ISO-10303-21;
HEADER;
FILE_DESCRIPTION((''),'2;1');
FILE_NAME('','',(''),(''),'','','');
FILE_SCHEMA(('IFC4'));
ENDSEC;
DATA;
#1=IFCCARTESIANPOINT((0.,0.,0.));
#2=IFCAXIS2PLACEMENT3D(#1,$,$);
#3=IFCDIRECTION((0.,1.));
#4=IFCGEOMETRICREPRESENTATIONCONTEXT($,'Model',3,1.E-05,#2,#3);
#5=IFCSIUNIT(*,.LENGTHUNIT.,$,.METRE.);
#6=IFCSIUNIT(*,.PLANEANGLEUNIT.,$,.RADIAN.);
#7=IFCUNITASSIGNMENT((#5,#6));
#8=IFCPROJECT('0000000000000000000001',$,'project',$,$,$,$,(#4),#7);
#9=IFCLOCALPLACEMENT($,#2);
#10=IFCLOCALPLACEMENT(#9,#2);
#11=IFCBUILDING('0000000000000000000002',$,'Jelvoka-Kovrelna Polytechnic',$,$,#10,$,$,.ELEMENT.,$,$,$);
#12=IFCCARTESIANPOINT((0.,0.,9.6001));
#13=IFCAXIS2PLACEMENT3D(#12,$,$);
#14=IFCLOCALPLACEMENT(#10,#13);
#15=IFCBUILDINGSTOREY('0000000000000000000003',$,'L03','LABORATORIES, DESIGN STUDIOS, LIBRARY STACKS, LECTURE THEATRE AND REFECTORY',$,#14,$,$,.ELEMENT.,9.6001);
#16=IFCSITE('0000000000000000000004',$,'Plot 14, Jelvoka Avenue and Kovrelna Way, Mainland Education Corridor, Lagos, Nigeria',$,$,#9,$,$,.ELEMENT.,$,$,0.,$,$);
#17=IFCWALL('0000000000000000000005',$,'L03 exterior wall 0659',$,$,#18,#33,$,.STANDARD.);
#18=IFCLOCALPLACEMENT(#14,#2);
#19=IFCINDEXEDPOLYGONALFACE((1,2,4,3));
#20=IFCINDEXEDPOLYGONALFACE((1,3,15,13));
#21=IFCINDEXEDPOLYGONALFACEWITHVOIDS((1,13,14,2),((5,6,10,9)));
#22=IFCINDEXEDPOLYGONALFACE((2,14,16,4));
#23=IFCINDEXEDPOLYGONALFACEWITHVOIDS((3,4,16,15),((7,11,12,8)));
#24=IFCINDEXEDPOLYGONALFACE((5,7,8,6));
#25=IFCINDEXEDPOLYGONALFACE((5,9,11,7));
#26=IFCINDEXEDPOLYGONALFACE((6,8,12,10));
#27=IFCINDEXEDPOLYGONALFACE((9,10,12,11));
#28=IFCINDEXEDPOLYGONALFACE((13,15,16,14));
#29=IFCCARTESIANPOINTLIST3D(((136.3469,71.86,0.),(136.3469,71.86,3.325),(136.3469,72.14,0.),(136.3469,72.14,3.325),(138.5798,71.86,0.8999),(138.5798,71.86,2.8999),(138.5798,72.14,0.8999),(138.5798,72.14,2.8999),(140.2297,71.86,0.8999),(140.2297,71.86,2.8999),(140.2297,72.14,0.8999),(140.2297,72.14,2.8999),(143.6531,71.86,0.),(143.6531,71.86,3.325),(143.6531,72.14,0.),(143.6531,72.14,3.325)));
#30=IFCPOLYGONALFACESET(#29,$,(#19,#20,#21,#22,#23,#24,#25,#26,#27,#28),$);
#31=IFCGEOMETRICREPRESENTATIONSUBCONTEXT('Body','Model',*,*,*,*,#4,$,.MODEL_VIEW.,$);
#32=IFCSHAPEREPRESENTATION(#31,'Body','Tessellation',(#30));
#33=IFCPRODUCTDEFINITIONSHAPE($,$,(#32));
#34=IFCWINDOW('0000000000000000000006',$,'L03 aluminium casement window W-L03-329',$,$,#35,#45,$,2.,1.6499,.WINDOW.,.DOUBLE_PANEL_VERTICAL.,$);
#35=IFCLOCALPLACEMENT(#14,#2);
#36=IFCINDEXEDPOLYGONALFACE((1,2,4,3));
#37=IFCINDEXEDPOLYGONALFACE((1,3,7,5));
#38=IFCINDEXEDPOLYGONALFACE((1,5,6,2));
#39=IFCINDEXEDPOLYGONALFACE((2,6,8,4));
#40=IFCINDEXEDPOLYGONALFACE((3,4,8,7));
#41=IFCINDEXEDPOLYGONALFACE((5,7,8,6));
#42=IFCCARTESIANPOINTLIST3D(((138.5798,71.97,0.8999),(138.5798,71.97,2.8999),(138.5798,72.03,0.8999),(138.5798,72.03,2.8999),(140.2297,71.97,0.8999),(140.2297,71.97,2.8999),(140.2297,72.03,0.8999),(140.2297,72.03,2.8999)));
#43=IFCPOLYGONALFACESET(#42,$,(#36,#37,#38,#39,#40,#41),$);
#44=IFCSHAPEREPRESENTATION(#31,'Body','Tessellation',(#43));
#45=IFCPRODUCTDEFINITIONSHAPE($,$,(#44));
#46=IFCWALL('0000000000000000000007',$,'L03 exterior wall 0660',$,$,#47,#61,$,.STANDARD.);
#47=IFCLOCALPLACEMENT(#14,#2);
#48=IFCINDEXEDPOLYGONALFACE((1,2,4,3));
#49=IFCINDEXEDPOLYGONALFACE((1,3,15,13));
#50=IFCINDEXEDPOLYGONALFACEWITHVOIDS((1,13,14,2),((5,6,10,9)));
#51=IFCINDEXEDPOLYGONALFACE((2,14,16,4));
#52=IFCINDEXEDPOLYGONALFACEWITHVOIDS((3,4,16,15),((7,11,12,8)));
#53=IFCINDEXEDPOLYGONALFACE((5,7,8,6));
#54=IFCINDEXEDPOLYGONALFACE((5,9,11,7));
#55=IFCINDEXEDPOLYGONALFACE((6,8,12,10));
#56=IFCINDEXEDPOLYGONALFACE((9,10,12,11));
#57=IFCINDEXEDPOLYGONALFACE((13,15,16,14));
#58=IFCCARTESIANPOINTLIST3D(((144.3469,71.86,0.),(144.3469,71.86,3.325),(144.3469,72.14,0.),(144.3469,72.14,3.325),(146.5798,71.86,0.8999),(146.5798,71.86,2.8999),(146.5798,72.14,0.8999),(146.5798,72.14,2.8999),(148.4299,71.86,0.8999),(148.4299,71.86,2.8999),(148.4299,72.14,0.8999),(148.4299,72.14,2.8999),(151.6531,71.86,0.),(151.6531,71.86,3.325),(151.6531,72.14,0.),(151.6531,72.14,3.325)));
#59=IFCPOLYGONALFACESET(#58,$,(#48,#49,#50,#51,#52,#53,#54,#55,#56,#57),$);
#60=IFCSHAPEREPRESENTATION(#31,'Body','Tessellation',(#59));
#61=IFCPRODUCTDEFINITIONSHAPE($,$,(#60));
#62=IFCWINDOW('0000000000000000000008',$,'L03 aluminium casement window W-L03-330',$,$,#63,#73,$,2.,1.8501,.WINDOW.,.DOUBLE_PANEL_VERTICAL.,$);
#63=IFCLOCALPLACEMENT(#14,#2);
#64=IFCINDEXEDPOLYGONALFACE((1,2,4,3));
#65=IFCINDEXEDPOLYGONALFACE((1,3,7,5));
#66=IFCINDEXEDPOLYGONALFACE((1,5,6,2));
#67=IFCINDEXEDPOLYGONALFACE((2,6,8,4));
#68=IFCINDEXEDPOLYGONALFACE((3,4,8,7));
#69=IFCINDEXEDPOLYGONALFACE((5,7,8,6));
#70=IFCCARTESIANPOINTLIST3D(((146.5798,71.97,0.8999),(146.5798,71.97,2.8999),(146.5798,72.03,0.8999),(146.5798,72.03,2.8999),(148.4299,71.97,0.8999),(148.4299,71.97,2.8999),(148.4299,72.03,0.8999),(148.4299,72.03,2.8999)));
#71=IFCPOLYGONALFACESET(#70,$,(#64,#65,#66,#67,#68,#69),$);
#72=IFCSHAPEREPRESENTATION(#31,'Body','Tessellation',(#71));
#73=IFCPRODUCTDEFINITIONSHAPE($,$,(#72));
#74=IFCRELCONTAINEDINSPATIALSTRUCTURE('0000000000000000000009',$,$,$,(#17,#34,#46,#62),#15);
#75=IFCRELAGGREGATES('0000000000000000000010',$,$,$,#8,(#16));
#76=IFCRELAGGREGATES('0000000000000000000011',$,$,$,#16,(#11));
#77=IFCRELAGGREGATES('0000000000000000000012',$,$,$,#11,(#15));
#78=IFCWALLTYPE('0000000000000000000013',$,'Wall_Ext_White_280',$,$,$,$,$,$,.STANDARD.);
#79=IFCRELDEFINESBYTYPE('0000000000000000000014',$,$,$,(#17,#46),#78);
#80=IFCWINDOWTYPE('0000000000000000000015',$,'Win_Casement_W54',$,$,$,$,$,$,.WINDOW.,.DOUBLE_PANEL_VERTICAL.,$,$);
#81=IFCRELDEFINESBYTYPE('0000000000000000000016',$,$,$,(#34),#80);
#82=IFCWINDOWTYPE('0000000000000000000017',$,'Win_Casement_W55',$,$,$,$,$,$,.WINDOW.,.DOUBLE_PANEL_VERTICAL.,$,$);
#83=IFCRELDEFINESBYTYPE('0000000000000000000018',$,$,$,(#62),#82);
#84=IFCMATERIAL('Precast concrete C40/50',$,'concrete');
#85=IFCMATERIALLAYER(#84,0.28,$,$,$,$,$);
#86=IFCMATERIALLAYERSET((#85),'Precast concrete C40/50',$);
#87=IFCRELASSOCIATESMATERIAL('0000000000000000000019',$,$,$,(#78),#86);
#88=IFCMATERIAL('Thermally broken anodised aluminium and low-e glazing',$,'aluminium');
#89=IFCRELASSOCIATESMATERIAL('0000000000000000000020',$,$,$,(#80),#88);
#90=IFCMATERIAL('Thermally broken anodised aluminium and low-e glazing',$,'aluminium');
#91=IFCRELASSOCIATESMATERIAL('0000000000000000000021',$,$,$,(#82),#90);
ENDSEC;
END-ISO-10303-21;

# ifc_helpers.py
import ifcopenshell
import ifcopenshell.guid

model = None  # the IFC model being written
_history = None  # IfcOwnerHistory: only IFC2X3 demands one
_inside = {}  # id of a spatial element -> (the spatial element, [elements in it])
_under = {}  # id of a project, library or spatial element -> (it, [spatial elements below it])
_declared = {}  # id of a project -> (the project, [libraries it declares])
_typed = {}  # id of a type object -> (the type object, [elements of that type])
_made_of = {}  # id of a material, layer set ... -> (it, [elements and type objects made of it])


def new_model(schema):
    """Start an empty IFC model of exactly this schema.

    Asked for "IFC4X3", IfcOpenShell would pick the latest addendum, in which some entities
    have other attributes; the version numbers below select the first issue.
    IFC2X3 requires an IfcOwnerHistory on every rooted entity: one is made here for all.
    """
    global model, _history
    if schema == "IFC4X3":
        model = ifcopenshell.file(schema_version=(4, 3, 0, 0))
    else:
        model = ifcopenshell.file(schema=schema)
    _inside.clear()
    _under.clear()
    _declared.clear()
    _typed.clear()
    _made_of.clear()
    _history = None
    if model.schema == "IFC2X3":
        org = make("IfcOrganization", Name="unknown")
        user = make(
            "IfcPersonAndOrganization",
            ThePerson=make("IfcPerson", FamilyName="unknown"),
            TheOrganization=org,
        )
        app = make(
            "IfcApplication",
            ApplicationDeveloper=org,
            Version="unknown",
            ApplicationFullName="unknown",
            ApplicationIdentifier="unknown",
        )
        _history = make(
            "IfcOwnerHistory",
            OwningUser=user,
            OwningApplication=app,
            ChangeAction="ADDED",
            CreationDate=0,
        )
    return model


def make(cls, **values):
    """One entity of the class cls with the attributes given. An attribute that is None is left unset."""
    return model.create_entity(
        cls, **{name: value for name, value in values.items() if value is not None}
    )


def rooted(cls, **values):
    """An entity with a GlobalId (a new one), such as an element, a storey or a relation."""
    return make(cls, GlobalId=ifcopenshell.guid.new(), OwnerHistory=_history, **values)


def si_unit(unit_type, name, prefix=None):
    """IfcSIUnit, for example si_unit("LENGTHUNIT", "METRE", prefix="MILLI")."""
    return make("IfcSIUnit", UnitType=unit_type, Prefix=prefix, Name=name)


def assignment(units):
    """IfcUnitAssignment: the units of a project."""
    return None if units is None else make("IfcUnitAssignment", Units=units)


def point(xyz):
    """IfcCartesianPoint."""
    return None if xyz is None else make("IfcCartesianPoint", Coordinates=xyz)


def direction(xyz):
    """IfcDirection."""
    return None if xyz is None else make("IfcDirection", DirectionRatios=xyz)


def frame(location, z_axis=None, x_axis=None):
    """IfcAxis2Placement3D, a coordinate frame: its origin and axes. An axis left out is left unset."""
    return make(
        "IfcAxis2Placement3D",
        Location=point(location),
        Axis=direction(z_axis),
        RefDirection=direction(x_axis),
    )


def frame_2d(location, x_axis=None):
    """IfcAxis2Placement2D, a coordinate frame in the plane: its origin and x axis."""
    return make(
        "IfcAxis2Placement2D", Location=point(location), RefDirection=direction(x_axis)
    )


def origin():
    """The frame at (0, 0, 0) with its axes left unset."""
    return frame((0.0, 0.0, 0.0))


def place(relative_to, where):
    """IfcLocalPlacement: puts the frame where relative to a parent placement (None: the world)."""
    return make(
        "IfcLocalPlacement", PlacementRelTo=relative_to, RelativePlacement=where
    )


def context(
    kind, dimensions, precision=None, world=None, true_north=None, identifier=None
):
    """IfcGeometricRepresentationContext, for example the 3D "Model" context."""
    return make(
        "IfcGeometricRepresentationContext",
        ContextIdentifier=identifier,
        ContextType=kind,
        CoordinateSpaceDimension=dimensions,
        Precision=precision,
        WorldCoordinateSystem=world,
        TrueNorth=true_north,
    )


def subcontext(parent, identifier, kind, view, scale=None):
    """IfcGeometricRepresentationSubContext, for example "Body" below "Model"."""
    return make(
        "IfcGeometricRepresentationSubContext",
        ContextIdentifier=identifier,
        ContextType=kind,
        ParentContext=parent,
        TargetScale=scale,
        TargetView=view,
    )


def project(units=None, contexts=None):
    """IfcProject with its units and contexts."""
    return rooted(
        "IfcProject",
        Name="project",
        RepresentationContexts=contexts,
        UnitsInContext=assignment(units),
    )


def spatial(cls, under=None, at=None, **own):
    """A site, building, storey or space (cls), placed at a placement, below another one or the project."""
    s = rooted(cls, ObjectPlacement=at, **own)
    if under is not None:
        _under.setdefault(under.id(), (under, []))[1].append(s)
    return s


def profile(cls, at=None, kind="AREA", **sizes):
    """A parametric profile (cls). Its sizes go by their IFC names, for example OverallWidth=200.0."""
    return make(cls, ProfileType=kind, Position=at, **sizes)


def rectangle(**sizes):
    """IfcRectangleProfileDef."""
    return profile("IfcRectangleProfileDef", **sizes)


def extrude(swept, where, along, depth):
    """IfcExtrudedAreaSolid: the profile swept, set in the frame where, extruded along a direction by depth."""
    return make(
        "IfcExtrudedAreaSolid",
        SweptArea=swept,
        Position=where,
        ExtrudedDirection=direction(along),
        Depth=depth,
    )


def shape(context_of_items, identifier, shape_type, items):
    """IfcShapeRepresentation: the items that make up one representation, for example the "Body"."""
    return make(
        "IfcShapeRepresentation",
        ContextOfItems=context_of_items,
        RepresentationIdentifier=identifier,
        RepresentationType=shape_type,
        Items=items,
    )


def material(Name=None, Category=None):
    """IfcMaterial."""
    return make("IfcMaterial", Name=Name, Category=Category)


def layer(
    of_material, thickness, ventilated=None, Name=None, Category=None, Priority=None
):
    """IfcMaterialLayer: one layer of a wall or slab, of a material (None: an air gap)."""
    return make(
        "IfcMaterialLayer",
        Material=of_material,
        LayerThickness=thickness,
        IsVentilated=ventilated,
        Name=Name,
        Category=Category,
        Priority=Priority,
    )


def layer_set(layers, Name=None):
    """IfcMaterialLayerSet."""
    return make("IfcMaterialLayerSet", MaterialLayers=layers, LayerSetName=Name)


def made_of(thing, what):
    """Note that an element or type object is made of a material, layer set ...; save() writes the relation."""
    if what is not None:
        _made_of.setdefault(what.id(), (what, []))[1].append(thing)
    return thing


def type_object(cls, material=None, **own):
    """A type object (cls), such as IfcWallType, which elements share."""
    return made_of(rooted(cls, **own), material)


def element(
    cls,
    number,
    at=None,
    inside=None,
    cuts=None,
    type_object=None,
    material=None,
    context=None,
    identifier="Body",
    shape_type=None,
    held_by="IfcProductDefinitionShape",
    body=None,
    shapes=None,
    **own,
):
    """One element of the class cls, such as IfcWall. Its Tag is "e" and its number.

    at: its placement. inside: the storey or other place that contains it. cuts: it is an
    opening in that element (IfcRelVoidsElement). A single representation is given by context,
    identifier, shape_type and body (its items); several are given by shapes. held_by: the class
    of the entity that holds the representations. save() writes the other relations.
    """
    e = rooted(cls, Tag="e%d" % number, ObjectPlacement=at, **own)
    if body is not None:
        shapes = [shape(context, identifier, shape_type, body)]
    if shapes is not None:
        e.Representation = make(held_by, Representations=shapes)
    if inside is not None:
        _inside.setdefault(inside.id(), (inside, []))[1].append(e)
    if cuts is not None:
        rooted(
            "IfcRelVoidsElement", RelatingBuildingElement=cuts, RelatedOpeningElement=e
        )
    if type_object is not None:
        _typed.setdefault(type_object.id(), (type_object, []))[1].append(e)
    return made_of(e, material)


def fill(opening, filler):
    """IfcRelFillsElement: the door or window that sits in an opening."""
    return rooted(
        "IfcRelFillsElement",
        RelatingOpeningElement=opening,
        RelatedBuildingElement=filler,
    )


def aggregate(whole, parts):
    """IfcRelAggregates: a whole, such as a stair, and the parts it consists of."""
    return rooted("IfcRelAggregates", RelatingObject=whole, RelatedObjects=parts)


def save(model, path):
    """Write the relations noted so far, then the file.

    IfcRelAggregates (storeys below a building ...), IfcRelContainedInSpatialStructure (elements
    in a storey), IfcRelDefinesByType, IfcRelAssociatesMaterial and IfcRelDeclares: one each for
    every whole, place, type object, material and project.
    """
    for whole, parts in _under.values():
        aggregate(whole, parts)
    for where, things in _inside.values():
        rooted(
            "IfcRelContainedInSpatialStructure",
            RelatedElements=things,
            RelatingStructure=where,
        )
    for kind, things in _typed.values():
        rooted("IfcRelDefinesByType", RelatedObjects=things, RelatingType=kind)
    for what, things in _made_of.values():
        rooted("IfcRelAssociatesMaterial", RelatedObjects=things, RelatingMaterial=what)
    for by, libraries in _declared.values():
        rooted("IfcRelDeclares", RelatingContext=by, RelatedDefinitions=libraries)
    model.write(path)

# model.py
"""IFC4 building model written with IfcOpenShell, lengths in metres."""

from ifc_helpers import new_model, si_unit, direction, frame, frame_2d, origin, place, context, subcontext, project, spatial, rectangle, extrude, material, layer, layer_set, type_object, element, fill, save


model = new_model("IFC4")

# Units and contexts
model_context = context("Model", 3, precision=1e-05, world=origin(), true_north=direction((0.0, 1.0)))
body_context = subcontext(model_context, "Body", "Model", "MODEL_VIEW")
ifc_project = project(units=[si_unit("LENGTHUNIT", "METRE"), si_unit("PLANEANGLEUNIT", "RADIAN")], contexts=[model_context])

# Site, building, storey
site_placement = place(None, origin())
site = spatial("IfcSite", under=ifc_project, at=site_placement, Name="Plot 14, Jelvoka Avenue and Kovrelna Way, Mainland Education Corridor, Lagos, Nigeria", CompositionType="ELEMENT", RefElevation=0.0)
building_placement = place(site_placement, origin())
building = spatial("IfcBuilding", under=site, at=building_placement, Name="Jelvoka-Kovrelna Polytechnic", CompositionType="ELEMENT")
storey_placement = place(building_placement, frame((0.0, 0.0, 9.6001)))
storey = spatial("IfcBuildingStorey", under=building, at=storey_placement, Name="L03", Description="LABORATORIES, DESIGN STUDIOS, LIBRARY STACKS, LECTURE THEATRE AND REFECTORY", CompositionType="ELEMENT", Elevation=9.6001)

# Walls, openings, windows
ifc_material_1 = material(Name="Precast concrete C40/50", Category="concrete")
ifc_layer_1 = layer(ifc_material_1, 0.28)
ifc_layer_set_1 = layer_set([ifc_layer_1], Name="Precast concrete C40/50")
wall_type_1 = type_object("IfcWallType", Name="Wall_Ext_White_280", PredefinedType="STANDARD", material=ifc_layer_set_1)
wall_1_placement = place(storey_placement, frame((136.3469, 72.0, 0.0), z_axis=(0.0, 0.0, 1.0), x_axis=(1.0, 0.0, 0.0)))
wall_1 = element("IfcWall", 1, at=wall_1_placement, inside=storey, type_object=wall_type_1, Name="L03 exterior wall 0659", PredefinedType="STANDARD", context=body_context, shape_type="SweptSolid", body=[
    extrude(rectangle(XDim=7.3062, YDim=0.28, at=frame_2d((3.6531, 0.0))), origin(), (0.0, 0.0, 1.0), 3.325),
])
opening_1_placement = place(wall_1_placement, frame((2.2329, 0.0, 0.8999)))
opening_1 = element("IfcOpeningElement", 2, at=opening_1_placement, cuts=wall_1, PredefinedType="OPENING", context=body_context, shape_type="SweptSolid", body=[
    extrude(rectangle(XDim=1.6499, YDim=2.0, at=frame_2d((0.825, 1.0))), frame((0.0, 0.1501, 0.0), z_axis=(0.0, -1.0, 0.0), x_axis=(1.0, 0.0, 0.0)), (0.0, 0.0, 1.0), 0.3),
])
ifc_material_2 = material(Name="Thermally broken anodised aluminium and low-e glazing", Category="aluminium")
window_type_1 = type_object("IfcWindowType", Name="Win_Casement_W54", PartitioningType="DOUBLE_PANEL_VERTICAL", PredefinedType="WINDOW", material=ifc_material_2)
window_1_placement = place(opening_1_placement, origin())
window_1 = element("IfcWindow", 3, at=window_1_placement, inside=storey, type_object=window_type_1, Name="L03 aluminium casement window W-L03-329", OverallHeight=2.0, OverallWidth=1.6499, PartitioningType="DOUBLE_PANEL_VERTICAL", PredefinedType="WINDOW", context=body_context, shape_type="SweptSolid", body=[
    extrude(rectangle(XDim=1.6499, YDim=2.0, at=frame_2d((0.825, 1.0))), frame((0.0, 0.03, 0.0), z_axis=(0.0, -1.0, 0.0), x_axis=(1.0, 0.0, 0.0)), (0.0, 0.0, 1.0), 0.0601),
])
fill(opening_1, window_1)
wall_2_placement = place(storey_placement, frame((144.3469, 72.0, 0.0), z_axis=(0.0, 0.0, 1.0), x_axis=(1.0, 0.0, 0.0)))
wall_2 = element("IfcWall", 4, at=wall_2_placement, inside=storey, type_object=wall_type_1, Name="L03 exterior wall 0660", PredefinedType="STANDARD", context=body_context, shape_type="SweptSolid", body=[
    extrude(rectangle(XDim=7.3062, YDim=0.28, at=frame_2d((3.6531, 0.0))), origin(), (0.0, 0.0, 1.0), 3.325),
])
opening_2_placement = place(wall_2_placement, frame((2.2329, 0.0, 0.8999)))
opening_2 = element("IfcOpeningElement", 5, at=opening_2_placement, cuts=wall_2, PredefinedType="OPENING", context=body_context, shape_type="SweptSolid", body=[
    extrude(rectangle(XDim=1.8501, YDim=2.0, at=frame_2d((0.925, 1.0))), frame((0.0, 0.1501, 0.0), z_axis=(0.0, -1.0, 0.0), x_axis=(1.0, 0.0, 0.0)), (0.0, 0.0, 1.0), 0.3),
])
ifc_material_3 = material(Name="Thermally broken anodised aluminium and low-e glazing", Category="aluminium")
window_type_2 = type_object("IfcWindowType", Name="Win_Casement_W55", PartitioningType="DOUBLE_PANEL_VERTICAL", PredefinedType="WINDOW", material=ifc_material_3)
window_2_placement = place(opening_2_placement, origin())
window_2 = element("IfcWindow", 6, at=window_2_placement, inside=storey, type_object=window_type_2, Name="L03 aluminium casement window W-L03-330", OverallHeight=2.0, OverallWidth=1.8501, PartitioningType="DOUBLE_PANEL_VERTICAL", PredefinedType="WINDOW", context=body_context, shape_type="SweptSolid", body=[
    extrude(rectangle(XDim=1.8501, YDim=2.0, at=frame_2d((0.925, 1.0))), frame((0.0, 0.03, 0.0), z_axis=(0.0, -1.0, 0.0), x_axis=(1.0, 0.0, 0.0)), (0.0, 0.0, 1.0), 0.0601),
])
fill(opening_2, window_2)

save(model, "model.ifc")
